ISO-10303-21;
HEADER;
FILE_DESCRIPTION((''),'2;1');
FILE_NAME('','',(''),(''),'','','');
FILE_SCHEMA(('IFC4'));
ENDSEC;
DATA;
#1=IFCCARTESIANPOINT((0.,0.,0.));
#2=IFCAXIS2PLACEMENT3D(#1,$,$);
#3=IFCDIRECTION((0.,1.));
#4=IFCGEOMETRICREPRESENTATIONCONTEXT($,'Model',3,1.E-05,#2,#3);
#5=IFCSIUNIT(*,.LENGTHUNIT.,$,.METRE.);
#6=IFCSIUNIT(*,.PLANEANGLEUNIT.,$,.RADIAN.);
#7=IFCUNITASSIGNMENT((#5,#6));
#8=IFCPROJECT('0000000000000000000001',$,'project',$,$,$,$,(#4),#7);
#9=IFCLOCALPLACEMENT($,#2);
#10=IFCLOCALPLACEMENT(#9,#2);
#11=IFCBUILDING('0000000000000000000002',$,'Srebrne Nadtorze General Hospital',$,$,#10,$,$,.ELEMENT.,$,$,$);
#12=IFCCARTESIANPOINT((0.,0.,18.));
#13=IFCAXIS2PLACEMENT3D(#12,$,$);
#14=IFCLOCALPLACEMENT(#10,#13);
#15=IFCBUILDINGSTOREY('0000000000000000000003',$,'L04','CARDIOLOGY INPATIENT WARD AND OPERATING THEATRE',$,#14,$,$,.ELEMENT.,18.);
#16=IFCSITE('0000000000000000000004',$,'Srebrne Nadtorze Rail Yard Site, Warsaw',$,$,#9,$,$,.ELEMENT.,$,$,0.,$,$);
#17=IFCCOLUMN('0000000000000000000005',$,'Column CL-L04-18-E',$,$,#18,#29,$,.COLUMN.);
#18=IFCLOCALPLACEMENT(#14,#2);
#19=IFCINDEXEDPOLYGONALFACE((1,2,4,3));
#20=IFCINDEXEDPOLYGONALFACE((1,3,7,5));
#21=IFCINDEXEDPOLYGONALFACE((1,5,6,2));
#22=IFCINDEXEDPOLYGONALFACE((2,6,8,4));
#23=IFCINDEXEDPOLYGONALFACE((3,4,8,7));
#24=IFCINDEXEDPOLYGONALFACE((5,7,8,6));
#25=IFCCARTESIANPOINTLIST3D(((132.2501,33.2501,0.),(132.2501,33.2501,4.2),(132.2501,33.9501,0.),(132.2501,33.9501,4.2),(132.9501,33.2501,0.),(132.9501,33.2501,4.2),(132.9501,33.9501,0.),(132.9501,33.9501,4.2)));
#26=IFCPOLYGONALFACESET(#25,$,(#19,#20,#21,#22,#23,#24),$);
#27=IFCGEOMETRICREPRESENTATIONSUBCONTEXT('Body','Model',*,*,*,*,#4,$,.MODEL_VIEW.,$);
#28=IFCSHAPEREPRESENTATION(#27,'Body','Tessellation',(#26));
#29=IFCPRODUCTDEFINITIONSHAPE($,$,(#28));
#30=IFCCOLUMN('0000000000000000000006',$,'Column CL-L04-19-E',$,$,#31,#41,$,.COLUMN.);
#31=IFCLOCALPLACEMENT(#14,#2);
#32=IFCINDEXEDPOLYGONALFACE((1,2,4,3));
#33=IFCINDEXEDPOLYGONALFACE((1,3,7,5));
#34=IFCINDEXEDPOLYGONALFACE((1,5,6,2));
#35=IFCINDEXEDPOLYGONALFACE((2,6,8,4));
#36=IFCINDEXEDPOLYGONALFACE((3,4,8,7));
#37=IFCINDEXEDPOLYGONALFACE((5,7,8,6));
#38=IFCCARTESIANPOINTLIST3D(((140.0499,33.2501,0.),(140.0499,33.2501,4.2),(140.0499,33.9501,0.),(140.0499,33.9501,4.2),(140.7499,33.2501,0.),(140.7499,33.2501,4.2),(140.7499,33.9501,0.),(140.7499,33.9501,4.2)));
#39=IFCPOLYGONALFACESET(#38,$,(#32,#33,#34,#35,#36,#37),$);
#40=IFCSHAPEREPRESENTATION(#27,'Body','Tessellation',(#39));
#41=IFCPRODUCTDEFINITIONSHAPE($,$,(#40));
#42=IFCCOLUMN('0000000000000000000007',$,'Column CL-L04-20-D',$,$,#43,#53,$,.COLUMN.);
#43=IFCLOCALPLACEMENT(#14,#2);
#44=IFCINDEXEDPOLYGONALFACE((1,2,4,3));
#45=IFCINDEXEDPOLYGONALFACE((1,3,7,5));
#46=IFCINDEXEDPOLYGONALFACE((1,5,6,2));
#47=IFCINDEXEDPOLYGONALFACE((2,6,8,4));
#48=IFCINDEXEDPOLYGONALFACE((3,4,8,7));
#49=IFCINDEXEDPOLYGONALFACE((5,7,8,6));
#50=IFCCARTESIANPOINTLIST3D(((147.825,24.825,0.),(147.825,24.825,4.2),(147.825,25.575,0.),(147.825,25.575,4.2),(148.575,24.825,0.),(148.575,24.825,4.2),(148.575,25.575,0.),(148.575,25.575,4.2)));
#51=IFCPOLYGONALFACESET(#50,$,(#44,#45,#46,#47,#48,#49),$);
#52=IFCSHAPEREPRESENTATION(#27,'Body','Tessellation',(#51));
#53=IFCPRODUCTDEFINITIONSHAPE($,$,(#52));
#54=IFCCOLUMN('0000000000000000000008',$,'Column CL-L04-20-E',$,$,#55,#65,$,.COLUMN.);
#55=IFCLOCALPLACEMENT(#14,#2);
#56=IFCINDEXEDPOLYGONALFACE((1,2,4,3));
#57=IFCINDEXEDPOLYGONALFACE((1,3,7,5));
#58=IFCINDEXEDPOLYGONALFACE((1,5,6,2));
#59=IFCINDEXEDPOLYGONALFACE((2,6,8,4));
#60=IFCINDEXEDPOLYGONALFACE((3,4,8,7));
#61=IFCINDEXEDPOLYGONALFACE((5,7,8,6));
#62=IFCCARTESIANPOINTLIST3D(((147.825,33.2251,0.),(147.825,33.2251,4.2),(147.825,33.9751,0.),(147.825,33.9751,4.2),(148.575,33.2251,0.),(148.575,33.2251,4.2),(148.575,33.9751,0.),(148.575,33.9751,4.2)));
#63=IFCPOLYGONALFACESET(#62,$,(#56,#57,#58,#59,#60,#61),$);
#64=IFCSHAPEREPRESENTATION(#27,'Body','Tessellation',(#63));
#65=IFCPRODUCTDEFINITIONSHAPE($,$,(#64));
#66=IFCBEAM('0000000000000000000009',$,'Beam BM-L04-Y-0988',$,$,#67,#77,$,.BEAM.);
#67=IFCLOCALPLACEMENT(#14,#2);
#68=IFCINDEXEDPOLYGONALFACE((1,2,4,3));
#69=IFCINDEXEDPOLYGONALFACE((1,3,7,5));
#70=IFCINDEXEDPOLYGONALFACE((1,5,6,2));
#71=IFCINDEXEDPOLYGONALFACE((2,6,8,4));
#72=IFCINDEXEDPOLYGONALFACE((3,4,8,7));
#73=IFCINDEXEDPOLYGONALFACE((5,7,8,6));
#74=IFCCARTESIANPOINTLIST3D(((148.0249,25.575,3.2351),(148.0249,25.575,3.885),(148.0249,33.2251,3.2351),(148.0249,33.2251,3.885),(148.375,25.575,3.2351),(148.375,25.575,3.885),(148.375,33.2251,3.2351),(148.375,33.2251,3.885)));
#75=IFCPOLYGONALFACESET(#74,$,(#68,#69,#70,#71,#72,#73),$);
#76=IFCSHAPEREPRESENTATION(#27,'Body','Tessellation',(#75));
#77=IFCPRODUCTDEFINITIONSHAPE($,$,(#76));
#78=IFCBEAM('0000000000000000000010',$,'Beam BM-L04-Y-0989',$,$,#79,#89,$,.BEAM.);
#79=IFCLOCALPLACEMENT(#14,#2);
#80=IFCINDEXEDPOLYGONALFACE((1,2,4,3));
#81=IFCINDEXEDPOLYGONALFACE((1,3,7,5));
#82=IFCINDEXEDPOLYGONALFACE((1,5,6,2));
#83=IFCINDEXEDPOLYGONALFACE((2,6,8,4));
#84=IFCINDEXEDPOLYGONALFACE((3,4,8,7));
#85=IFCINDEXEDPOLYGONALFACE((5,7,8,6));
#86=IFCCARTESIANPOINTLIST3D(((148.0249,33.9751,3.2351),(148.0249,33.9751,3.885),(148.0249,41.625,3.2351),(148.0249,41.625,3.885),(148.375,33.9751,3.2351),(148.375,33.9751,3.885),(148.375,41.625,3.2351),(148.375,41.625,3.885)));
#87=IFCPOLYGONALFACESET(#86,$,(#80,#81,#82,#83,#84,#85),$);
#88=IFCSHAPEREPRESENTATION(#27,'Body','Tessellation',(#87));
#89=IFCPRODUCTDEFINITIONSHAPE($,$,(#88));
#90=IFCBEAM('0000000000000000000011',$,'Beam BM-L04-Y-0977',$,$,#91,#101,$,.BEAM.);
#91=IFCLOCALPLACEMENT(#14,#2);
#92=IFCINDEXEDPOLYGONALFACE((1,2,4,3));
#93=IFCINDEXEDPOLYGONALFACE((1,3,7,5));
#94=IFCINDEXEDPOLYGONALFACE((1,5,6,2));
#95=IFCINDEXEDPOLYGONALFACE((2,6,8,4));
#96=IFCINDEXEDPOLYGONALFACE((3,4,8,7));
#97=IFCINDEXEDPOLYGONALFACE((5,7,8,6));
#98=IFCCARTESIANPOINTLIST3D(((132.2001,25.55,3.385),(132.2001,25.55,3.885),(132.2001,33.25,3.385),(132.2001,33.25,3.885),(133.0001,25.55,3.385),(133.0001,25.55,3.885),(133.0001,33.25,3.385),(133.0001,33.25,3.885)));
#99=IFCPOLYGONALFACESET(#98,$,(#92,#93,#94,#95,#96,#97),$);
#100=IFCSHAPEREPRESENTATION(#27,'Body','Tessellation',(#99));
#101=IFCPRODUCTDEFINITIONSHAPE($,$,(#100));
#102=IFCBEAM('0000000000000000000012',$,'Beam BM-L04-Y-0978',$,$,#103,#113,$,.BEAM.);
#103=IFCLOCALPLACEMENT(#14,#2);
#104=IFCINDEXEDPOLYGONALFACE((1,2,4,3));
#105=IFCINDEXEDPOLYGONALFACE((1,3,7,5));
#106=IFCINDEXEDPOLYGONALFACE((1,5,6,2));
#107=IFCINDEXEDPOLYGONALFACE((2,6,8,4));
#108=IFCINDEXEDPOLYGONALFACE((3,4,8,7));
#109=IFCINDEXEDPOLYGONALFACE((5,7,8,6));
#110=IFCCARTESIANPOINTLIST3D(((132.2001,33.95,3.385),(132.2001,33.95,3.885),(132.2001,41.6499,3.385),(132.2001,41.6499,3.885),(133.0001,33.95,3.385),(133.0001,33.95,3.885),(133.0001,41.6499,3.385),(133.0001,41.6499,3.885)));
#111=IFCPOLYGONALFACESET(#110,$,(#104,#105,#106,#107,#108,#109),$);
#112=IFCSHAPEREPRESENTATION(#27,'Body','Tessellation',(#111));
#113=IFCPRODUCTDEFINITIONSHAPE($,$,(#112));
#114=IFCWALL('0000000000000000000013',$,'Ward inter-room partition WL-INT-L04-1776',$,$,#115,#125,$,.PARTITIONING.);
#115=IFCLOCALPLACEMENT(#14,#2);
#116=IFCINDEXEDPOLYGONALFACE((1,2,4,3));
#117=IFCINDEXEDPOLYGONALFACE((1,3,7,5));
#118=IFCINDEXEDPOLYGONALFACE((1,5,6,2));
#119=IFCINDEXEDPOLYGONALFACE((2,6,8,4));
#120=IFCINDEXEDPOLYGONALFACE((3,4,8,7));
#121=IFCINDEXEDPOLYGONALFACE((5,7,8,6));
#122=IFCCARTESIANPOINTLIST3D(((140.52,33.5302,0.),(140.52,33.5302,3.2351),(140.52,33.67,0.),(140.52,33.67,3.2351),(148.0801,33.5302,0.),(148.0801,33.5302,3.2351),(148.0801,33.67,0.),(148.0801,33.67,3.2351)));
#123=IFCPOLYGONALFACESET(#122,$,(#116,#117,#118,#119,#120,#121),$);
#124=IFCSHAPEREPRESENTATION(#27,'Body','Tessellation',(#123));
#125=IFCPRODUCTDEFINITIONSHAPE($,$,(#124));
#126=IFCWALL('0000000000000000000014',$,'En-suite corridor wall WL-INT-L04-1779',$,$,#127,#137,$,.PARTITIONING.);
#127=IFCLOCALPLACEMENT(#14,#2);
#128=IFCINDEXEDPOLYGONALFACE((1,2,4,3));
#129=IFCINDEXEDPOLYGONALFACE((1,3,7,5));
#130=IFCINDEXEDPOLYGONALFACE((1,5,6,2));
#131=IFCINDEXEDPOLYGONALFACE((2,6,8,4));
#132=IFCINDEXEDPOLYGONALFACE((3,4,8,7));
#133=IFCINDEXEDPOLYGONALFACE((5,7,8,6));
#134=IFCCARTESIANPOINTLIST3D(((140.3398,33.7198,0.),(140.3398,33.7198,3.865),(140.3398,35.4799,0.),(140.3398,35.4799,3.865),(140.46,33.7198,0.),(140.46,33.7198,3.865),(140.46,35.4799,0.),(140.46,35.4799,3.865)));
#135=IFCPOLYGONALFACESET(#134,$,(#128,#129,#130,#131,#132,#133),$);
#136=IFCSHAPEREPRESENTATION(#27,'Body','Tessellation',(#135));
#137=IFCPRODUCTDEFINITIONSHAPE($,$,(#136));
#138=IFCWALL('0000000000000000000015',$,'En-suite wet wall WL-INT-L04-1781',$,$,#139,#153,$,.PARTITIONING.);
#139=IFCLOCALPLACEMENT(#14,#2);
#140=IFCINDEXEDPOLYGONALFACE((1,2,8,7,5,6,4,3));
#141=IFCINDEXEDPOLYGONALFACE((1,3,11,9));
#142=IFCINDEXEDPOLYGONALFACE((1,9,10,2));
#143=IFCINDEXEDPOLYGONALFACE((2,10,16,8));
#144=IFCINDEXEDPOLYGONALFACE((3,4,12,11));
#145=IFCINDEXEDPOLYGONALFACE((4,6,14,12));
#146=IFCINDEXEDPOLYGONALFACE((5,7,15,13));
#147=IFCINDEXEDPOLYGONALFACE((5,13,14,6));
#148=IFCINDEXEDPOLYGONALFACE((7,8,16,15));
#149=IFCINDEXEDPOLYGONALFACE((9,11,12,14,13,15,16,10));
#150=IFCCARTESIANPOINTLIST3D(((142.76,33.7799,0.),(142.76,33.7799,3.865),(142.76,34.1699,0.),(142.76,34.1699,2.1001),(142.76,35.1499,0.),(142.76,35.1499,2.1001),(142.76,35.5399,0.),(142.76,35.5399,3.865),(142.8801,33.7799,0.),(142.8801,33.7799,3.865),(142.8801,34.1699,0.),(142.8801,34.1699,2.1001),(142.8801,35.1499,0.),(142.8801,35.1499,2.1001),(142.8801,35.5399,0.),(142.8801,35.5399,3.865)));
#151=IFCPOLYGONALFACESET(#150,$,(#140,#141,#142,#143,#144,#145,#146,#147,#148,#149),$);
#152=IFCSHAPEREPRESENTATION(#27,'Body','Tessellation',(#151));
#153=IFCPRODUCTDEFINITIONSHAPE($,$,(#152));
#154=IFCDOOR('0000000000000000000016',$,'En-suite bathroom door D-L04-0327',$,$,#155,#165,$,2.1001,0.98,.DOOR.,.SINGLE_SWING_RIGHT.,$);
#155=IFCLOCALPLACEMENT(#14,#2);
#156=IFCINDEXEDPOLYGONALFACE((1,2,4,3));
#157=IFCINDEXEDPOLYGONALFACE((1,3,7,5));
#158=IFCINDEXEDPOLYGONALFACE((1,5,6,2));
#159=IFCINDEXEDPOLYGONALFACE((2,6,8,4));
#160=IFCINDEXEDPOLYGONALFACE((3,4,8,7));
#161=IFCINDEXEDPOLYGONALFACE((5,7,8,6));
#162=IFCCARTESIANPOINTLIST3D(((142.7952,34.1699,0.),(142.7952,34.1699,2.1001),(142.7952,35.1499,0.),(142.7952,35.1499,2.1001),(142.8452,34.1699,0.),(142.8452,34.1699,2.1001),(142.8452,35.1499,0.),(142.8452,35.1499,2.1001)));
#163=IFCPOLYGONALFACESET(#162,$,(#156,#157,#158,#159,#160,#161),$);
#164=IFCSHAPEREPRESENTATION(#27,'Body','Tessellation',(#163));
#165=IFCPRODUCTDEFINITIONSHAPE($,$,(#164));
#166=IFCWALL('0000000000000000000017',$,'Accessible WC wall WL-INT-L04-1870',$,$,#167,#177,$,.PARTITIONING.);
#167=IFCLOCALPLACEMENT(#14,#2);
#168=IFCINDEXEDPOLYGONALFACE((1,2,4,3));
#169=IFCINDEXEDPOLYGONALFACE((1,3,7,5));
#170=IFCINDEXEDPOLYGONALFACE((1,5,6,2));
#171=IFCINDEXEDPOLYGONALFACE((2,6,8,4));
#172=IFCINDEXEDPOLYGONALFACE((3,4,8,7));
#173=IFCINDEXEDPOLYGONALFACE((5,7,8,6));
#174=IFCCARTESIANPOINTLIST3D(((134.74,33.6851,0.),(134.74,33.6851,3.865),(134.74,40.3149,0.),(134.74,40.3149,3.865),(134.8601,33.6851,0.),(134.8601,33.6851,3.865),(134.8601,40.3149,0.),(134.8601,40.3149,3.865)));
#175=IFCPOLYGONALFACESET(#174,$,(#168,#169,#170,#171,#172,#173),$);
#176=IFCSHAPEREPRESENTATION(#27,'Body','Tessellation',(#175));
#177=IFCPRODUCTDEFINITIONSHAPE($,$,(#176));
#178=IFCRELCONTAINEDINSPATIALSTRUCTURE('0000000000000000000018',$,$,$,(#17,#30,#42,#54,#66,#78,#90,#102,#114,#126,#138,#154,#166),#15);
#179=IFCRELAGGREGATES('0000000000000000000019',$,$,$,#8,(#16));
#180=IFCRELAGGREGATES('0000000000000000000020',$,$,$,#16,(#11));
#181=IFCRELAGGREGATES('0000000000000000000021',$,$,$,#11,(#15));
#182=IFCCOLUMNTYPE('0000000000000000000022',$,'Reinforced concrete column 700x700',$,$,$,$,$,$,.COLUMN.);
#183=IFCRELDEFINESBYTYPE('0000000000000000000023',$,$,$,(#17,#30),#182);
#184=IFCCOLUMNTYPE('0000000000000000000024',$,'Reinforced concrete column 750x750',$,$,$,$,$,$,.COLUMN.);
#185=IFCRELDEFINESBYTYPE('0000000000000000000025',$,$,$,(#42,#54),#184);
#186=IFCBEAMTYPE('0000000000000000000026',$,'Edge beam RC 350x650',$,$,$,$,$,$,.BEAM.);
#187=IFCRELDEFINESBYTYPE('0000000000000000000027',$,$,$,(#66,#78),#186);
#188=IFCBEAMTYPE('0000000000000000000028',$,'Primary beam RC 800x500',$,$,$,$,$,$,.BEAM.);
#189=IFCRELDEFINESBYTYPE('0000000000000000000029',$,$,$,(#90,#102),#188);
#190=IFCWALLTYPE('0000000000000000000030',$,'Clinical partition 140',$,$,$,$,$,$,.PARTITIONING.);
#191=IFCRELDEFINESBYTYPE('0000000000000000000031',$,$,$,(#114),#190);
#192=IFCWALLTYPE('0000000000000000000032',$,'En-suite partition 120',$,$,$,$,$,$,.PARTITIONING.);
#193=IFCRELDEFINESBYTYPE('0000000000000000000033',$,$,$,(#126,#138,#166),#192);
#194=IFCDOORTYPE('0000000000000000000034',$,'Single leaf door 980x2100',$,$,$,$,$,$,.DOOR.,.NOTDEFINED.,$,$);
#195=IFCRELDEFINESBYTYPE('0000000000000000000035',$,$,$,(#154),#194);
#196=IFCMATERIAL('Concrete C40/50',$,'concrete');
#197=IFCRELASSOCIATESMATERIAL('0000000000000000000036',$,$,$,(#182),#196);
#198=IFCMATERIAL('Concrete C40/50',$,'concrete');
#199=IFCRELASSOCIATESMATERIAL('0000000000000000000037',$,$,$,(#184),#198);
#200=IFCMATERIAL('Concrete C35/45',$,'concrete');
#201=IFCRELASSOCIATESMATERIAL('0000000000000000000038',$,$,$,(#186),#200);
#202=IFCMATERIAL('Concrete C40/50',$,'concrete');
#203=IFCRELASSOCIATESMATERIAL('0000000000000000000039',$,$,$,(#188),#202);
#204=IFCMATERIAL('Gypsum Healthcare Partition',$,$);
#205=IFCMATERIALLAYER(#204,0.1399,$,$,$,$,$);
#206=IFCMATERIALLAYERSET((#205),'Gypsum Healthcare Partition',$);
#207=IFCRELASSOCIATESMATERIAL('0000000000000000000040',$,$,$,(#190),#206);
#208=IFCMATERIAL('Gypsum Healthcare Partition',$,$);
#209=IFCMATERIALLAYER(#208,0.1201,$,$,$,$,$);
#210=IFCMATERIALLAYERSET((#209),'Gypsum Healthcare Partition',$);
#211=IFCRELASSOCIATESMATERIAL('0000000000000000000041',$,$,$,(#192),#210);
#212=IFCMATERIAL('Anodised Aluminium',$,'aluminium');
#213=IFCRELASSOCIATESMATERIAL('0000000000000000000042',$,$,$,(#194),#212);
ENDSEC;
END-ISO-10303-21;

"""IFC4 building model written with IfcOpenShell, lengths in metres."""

from ifc_helpers import new_model, si_unit, direction, frame, frame_2d, origin, origin_2d, place, context, subcontext, project, spatial, rectangle, extrude, material, layer, layer_set, material_profile, profile_set, type_object, element, fill, save


model = new_model("IFC4")

# Units and contexts
model_context = context("Model", 3, precision=1e-05, world=origin(), true_north=direction((0.0, 1.0)))
body_context = subcontext(model_context, "Body", "Model", "MODEL_VIEW")
ifc_project = project(units=[si_unit("LENGTHUNIT", "METRE"), si_unit("PLANEANGLEUNIT", "RADIAN")], contexts=[model_context])

# Site, building, storey
site_placement = place(None, origin())
site = spatial("IfcSite", under=ifc_project, at=site_placement, Name="Srebrne Nadtorze Rail Yard Site, Warsaw", CompositionType="ELEMENT", RefElevation=0.0)
building_placement = place(site_placement, origin())
building = spatial("IfcBuilding", under=site, at=building_placement, Name="Srebrne Nadtorze General Hospital", CompositionType="ELEMENT")
storey_placement = place(building_placement, frame((0.0, 0.0, 18.0)))
storey = spatial("IfcBuildingStorey", under=building, at=storey_placement, Name="L04", Description="CARDIOLOGY INPATIENT WARD AND OPERATING THEATRE", CompositionType="ELEMENT", Elevation=18.0)

# Columns
ifc_material_1 = material(Name="Concrete C40/50", Category="concrete")
ifc_material_profile_1 = material_profile(ifc_material_1, rectangle(XDim=0.7, YDim=0.7, at=origin_2d()), Name="RC-COL-700x700")
ifc_profile_set_1 = profile_set([ifc_material_profile_1], Name="Concrete C40/50")
column_type_1 = type_object("IfcColumnType", Name="Reinforced concrete column 700x700", PredefinedType="COLUMN", material=ifc_profile_set_1)
for number, where, z_axis, x_axis, name in (
    (1, (132.6001, 33.6001, 0.0), (0.0, 0.0, 1.0), (1.0, 0.0, 0.0), "Column CL-L04-18-E"),
    (2, (140.3999, 33.6001, 0.0), (0.0, 0.0, 1.0), (1.0, 0.0, 0.0), "Column CL-L04-19-E"),
):
    element("IfcColumn", number, at=place(storey_placement, frame(where, z_axis=z_axis, x_axis=x_axis)), inside=storey, type_object=column_type_1, Name=name, PredefinedType="COLUMN", context=body_context, shape_type="SweptSolid", body=[
        extrude(rectangle(XDim=0.7, YDim=0.7, at=origin_2d()), origin(), (0.0, 0.0, 1.0), 4.2),
    ])
ifc_material_2 = material(Name="Concrete C40/50", Category="concrete")
ifc_material_profile_2 = material_profile(ifc_material_2, rectangle(XDim=0.75, YDim=0.75, at=origin_2d()), Name="RC-COL-750x750")
ifc_profile_set_2 = profile_set([ifc_material_profile_2], Name="Concrete C40/50")
column_type_2 = type_object("IfcColumnType", Name="Reinforced concrete column 750x750", PredefinedType="COLUMN", material=ifc_profile_set_2)
for number, where, z_axis, x_axis, name in (
    (3, (148.2, 25.2, 0.0), (0.0, 0.0, 1.0), (1.0, 0.0, 0.0), "Column CL-L04-20-D"),
    (4, (148.2, 33.6001, 0.0), (0.0, 0.0, 1.0), (1.0, 0.0, 0.0), "Column CL-L04-20-E"),
):
    element("IfcColumn", number, at=place(storey_placement, frame(where, z_axis=z_axis, x_axis=x_axis)), inside=storey, type_object=column_type_2, Name=name, PredefinedType="COLUMN", context=body_context, shape_type="SweptSolid", body=[
        extrude(rectangle(XDim=0.75, YDim=0.75, at=origin_2d()), origin(), (0.0, 0.0, 1.0), 4.2),
    ])

# Beams
ifc_material_3 = material(Name="Concrete C35/45", Category="concrete")
ifc_material_profile_3 = material_profile(ifc_material_3, rectangle(XDim=0.3501, YDim=0.6499, at=origin_2d()), Name="RC-BM-350x650")
ifc_profile_set_3 = profile_set([ifc_material_profile_3], Name="Concrete C35/45")
beam_type_1 = type_object("IfcBeamType", Name="Edge beam RC 350x650", PredefinedType="BEAM", material=ifc_profile_set_3)
beam_1_placement = place(storey_placement, frame((148.2, 25.575, 3.5601), z_axis=(0.0, 1.0, 0.0), x_axis=(-1.0, 0.0, 0.0)))
element("IfcBeam", 5, at=beam_1_placement, inside=storey, type_object=beam_type_1, Name="Beam BM-L04-Y-0988", PredefinedType="BEAM", context=body_context, shape_type="SweptSolid", body=[
    extrude(rectangle(XDim=0.3501, YDim=0.6499, at=origin_2d()), origin(), (0.0, 0.0, 1.0), 7.6501),
])
beam_2_placement = place(storey_placement, frame((148.2, 33.9751, 3.5601), z_axis=(0.0, 1.0, 0.0), x_axis=(-1.0, 0.0, 0.0)))
element("IfcBeam", 6, at=beam_2_placement, inside=storey, type_object=beam_type_1, Name="Beam BM-L04-Y-0989", PredefinedType="BEAM", context=body_context, shape_type="SweptSolid", body=[
    extrude(rectangle(XDim=0.3501, YDim=0.6499, at=origin_2d()), origin(), (0.0, 0.0, 1.0), 7.6499),
])
ifc_material_4 = material(Name="Concrete C40/50", Category="concrete")
ifc_material_profile_4 = material_profile(ifc_material_4, rectangle(XDim=0.8, YDim=0.5, at=origin_2d()), Name="RC-BM-800x500")
ifc_profile_set_4 = profile_set([ifc_material_profile_4], Name="Concrete C40/50")
beam_type_2 = type_object("IfcBeamType", Name="Primary beam RC 800x500", PredefinedType="BEAM", material=ifc_profile_set_4)
for number, where, z_axis, x_axis, name in (
    (7, (132.6001, 25.55, 3.635), (0.0, 1.0, 0.0), (-1.0, 0.0, 0.0), "Beam BM-L04-Y-0977"),
    (8, (132.6001, 33.95, 3.635), (0.0, 1.0, 0.0), (-1.0, 0.0, 0.0), "Beam BM-L04-Y-0978"),
):
    element("IfcBeam", number, at=place(storey_placement, frame(where, z_axis=z_axis, x_axis=x_axis)), inside=storey, type_object=beam_type_2, Name=name, PredefinedType="BEAM", context=body_context, shape_type="SweptSolid", body=[
        extrude(rectangle(XDim=0.8, YDim=0.5, at=origin_2d()), origin(), (0.0, 0.0, 1.0), 7.7),
    ])

# Walls
ifc_material_5 = material(Name="Gypsum Healthcare Partition")
ifc_layer_1 = layer(ifc_material_5, 0.1399)
ifc_layer_set_1 = layer_set([ifc_layer_1], Name="Gypsum Healthcare Partition")
wall_type_1 = type_object("IfcWallType", Name="Clinical partition 140", PredefinedType="PARTITIONING", material=ifc_layer_set_1)
wall_1_placement = place(storey_placement, frame((140.52, 33.6001, 0.0), z_axis=(0.0, 0.0, 1.0), x_axis=(1.0, 0.0, 0.0)))
element("IfcWall", 9, at=wall_1_placement, inside=storey, type_object=wall_type_1, Name="Ward inter-room partition WL-INT-L04-1776", PredefinedType="PARTITIONING", context=body_context, shape_type="SweptSolid", body=[
    extrude(rectangle(XDim=7.5601, YDim=0.1399, at=frame_2d((3.78, 0.0))), origin(), (0.0, 0.0, 1.0), 3.2351),
])
ifc_material_6 = material(Name="Gypsum Healthcare Partition")
ifc_layer_2 = layer(ifc_material_6, 0.1201)
ifc_layer_set_2 = layer_set([ifc_layer_2], Name="Gypsum Healthcare Partition")
wall_type_2 = type_object("IfcWallType", Name="En-suite partition 120", PredefinedType="PARTITIONING", material=ifc_layer_set_2)
wall_2_placement = place(storey_placement, frame((140.3999, 33.72, 0.0), z_axis=(0.0, 0.0, 1.0), x_axis=(0.0, 1.0, 0.0)))
element("IfcWall", 10, at=wall_2_placement, inside=storey, type_object=wall_type_2, Name="En-suite corridor wall WL-INT-L04-1779", PredefinedType="PARTITIONING", context=body_context, shape_type="SweptSolid", body=[
    extrude(rectangle(XDim=1.76, YDim=0.1201, at=frame_2d((0.8799, 0.0))), origin(), (0.0, 0.0, 1.0), 3.865),
])

# Wall, opening, door
wall_3_placement = place(storey_placement, frame((142.8201, 33.78, 0.0), z_axis=(0.0, 0.0, 1.0), x_axis=(0.0, 1.0, 0.0)))
wall_3 = element("IfcWall", 11, at=wall_3_placement, inside=storey, type_object=wall_type_2, Name="En-suite wet wall WL-INT-L04-1781", PredefinedType="PARTITIONING", context=body_context, shape_type="SweptSolid", body=[
    extrude(rectangle(XDim=1.76, YDim=0.1201, at=frame_2d((0.8799, 0.0))), origin(), (0.0, 0.0, 1.0), 3.865),
])
opening_1_placement = place(wall_3_placement, frame((0.3899, 0.0, 0.0)))
opening_1 = element("IfcOpeningElement", 12, at=opening_1_placement, cuts=wall_3, PredefinedType="OPENING", context=body_context, shape_type="SweptSolid", body=[
    extrude(rectangle(XDim=0.98, YDim=2.1001, at=frame_2d((0.49, 1.05))), frame((0.0, 0.072, 0.0), z_axis=(0.0, -1.0, 0.0), x_axis=(1.0, 0.0, 0.0)), (0.0, 0.0, 1.0), 0.144),
])
ifc_material_7 = material(Name="Anodised Aluminium", Category="aluminium")
door_type_1 = type_object("IfcDoorType", Name="Single leaf door 980x2100", OperationType="NOTDEFINED", PredefinedType="DOOR", material=ifc_material_7)
door_1_placement = place(opening_1_placement, origin())
door_1 = element("IfcDoor", 13, at=door_1_placement, inside=storey, type_object=door_type_1, Name="En-suite bathroom door D-L04-0327", OperationType="SINGLE_SWING_RIGHT", OverallHeight=2.1001, OverallWidth=0.98, PredefinedType="DOOR", context=body_context, shape_type="SweptSolid", body=[
    extrude(rectangle(XDim=0.98, YDim=2.1001, at=frame_2d((0.49, 1.05))), frame((0.0, 0.0249, 0.0), z_axis=(0.0, -1.0, 0.0), x_axis=(1.0, 0.0, 0.0)), (0.0, 0.0, 1.0), 0.05),
])
fill(opening_1, door_1)

# Wall
wall_4_placement = place(storey_placement, frame((134.8, 33.6851, 0.0), z_axis=(0.0, 0.0, 1.0), x_axis=(0.0, 1.0, 0.0)))
element("IfcWall", 14, at=wall_4_placement, inside=storey, type_object=wall_type_2, Name="Accessible WC wall WL-INT-L04-1870", PredefinedType="PARTITIONING", context=body_context, shape_type="SweptSolid", body=[
    extrude(rectangle(XDim=6.6299, YDim=0.1201, at=frame_2d((3.3149, 0.0))), origin(), (0.0, 0.0, 1.0), 3.865),
])

save(model, "model.ifc")
